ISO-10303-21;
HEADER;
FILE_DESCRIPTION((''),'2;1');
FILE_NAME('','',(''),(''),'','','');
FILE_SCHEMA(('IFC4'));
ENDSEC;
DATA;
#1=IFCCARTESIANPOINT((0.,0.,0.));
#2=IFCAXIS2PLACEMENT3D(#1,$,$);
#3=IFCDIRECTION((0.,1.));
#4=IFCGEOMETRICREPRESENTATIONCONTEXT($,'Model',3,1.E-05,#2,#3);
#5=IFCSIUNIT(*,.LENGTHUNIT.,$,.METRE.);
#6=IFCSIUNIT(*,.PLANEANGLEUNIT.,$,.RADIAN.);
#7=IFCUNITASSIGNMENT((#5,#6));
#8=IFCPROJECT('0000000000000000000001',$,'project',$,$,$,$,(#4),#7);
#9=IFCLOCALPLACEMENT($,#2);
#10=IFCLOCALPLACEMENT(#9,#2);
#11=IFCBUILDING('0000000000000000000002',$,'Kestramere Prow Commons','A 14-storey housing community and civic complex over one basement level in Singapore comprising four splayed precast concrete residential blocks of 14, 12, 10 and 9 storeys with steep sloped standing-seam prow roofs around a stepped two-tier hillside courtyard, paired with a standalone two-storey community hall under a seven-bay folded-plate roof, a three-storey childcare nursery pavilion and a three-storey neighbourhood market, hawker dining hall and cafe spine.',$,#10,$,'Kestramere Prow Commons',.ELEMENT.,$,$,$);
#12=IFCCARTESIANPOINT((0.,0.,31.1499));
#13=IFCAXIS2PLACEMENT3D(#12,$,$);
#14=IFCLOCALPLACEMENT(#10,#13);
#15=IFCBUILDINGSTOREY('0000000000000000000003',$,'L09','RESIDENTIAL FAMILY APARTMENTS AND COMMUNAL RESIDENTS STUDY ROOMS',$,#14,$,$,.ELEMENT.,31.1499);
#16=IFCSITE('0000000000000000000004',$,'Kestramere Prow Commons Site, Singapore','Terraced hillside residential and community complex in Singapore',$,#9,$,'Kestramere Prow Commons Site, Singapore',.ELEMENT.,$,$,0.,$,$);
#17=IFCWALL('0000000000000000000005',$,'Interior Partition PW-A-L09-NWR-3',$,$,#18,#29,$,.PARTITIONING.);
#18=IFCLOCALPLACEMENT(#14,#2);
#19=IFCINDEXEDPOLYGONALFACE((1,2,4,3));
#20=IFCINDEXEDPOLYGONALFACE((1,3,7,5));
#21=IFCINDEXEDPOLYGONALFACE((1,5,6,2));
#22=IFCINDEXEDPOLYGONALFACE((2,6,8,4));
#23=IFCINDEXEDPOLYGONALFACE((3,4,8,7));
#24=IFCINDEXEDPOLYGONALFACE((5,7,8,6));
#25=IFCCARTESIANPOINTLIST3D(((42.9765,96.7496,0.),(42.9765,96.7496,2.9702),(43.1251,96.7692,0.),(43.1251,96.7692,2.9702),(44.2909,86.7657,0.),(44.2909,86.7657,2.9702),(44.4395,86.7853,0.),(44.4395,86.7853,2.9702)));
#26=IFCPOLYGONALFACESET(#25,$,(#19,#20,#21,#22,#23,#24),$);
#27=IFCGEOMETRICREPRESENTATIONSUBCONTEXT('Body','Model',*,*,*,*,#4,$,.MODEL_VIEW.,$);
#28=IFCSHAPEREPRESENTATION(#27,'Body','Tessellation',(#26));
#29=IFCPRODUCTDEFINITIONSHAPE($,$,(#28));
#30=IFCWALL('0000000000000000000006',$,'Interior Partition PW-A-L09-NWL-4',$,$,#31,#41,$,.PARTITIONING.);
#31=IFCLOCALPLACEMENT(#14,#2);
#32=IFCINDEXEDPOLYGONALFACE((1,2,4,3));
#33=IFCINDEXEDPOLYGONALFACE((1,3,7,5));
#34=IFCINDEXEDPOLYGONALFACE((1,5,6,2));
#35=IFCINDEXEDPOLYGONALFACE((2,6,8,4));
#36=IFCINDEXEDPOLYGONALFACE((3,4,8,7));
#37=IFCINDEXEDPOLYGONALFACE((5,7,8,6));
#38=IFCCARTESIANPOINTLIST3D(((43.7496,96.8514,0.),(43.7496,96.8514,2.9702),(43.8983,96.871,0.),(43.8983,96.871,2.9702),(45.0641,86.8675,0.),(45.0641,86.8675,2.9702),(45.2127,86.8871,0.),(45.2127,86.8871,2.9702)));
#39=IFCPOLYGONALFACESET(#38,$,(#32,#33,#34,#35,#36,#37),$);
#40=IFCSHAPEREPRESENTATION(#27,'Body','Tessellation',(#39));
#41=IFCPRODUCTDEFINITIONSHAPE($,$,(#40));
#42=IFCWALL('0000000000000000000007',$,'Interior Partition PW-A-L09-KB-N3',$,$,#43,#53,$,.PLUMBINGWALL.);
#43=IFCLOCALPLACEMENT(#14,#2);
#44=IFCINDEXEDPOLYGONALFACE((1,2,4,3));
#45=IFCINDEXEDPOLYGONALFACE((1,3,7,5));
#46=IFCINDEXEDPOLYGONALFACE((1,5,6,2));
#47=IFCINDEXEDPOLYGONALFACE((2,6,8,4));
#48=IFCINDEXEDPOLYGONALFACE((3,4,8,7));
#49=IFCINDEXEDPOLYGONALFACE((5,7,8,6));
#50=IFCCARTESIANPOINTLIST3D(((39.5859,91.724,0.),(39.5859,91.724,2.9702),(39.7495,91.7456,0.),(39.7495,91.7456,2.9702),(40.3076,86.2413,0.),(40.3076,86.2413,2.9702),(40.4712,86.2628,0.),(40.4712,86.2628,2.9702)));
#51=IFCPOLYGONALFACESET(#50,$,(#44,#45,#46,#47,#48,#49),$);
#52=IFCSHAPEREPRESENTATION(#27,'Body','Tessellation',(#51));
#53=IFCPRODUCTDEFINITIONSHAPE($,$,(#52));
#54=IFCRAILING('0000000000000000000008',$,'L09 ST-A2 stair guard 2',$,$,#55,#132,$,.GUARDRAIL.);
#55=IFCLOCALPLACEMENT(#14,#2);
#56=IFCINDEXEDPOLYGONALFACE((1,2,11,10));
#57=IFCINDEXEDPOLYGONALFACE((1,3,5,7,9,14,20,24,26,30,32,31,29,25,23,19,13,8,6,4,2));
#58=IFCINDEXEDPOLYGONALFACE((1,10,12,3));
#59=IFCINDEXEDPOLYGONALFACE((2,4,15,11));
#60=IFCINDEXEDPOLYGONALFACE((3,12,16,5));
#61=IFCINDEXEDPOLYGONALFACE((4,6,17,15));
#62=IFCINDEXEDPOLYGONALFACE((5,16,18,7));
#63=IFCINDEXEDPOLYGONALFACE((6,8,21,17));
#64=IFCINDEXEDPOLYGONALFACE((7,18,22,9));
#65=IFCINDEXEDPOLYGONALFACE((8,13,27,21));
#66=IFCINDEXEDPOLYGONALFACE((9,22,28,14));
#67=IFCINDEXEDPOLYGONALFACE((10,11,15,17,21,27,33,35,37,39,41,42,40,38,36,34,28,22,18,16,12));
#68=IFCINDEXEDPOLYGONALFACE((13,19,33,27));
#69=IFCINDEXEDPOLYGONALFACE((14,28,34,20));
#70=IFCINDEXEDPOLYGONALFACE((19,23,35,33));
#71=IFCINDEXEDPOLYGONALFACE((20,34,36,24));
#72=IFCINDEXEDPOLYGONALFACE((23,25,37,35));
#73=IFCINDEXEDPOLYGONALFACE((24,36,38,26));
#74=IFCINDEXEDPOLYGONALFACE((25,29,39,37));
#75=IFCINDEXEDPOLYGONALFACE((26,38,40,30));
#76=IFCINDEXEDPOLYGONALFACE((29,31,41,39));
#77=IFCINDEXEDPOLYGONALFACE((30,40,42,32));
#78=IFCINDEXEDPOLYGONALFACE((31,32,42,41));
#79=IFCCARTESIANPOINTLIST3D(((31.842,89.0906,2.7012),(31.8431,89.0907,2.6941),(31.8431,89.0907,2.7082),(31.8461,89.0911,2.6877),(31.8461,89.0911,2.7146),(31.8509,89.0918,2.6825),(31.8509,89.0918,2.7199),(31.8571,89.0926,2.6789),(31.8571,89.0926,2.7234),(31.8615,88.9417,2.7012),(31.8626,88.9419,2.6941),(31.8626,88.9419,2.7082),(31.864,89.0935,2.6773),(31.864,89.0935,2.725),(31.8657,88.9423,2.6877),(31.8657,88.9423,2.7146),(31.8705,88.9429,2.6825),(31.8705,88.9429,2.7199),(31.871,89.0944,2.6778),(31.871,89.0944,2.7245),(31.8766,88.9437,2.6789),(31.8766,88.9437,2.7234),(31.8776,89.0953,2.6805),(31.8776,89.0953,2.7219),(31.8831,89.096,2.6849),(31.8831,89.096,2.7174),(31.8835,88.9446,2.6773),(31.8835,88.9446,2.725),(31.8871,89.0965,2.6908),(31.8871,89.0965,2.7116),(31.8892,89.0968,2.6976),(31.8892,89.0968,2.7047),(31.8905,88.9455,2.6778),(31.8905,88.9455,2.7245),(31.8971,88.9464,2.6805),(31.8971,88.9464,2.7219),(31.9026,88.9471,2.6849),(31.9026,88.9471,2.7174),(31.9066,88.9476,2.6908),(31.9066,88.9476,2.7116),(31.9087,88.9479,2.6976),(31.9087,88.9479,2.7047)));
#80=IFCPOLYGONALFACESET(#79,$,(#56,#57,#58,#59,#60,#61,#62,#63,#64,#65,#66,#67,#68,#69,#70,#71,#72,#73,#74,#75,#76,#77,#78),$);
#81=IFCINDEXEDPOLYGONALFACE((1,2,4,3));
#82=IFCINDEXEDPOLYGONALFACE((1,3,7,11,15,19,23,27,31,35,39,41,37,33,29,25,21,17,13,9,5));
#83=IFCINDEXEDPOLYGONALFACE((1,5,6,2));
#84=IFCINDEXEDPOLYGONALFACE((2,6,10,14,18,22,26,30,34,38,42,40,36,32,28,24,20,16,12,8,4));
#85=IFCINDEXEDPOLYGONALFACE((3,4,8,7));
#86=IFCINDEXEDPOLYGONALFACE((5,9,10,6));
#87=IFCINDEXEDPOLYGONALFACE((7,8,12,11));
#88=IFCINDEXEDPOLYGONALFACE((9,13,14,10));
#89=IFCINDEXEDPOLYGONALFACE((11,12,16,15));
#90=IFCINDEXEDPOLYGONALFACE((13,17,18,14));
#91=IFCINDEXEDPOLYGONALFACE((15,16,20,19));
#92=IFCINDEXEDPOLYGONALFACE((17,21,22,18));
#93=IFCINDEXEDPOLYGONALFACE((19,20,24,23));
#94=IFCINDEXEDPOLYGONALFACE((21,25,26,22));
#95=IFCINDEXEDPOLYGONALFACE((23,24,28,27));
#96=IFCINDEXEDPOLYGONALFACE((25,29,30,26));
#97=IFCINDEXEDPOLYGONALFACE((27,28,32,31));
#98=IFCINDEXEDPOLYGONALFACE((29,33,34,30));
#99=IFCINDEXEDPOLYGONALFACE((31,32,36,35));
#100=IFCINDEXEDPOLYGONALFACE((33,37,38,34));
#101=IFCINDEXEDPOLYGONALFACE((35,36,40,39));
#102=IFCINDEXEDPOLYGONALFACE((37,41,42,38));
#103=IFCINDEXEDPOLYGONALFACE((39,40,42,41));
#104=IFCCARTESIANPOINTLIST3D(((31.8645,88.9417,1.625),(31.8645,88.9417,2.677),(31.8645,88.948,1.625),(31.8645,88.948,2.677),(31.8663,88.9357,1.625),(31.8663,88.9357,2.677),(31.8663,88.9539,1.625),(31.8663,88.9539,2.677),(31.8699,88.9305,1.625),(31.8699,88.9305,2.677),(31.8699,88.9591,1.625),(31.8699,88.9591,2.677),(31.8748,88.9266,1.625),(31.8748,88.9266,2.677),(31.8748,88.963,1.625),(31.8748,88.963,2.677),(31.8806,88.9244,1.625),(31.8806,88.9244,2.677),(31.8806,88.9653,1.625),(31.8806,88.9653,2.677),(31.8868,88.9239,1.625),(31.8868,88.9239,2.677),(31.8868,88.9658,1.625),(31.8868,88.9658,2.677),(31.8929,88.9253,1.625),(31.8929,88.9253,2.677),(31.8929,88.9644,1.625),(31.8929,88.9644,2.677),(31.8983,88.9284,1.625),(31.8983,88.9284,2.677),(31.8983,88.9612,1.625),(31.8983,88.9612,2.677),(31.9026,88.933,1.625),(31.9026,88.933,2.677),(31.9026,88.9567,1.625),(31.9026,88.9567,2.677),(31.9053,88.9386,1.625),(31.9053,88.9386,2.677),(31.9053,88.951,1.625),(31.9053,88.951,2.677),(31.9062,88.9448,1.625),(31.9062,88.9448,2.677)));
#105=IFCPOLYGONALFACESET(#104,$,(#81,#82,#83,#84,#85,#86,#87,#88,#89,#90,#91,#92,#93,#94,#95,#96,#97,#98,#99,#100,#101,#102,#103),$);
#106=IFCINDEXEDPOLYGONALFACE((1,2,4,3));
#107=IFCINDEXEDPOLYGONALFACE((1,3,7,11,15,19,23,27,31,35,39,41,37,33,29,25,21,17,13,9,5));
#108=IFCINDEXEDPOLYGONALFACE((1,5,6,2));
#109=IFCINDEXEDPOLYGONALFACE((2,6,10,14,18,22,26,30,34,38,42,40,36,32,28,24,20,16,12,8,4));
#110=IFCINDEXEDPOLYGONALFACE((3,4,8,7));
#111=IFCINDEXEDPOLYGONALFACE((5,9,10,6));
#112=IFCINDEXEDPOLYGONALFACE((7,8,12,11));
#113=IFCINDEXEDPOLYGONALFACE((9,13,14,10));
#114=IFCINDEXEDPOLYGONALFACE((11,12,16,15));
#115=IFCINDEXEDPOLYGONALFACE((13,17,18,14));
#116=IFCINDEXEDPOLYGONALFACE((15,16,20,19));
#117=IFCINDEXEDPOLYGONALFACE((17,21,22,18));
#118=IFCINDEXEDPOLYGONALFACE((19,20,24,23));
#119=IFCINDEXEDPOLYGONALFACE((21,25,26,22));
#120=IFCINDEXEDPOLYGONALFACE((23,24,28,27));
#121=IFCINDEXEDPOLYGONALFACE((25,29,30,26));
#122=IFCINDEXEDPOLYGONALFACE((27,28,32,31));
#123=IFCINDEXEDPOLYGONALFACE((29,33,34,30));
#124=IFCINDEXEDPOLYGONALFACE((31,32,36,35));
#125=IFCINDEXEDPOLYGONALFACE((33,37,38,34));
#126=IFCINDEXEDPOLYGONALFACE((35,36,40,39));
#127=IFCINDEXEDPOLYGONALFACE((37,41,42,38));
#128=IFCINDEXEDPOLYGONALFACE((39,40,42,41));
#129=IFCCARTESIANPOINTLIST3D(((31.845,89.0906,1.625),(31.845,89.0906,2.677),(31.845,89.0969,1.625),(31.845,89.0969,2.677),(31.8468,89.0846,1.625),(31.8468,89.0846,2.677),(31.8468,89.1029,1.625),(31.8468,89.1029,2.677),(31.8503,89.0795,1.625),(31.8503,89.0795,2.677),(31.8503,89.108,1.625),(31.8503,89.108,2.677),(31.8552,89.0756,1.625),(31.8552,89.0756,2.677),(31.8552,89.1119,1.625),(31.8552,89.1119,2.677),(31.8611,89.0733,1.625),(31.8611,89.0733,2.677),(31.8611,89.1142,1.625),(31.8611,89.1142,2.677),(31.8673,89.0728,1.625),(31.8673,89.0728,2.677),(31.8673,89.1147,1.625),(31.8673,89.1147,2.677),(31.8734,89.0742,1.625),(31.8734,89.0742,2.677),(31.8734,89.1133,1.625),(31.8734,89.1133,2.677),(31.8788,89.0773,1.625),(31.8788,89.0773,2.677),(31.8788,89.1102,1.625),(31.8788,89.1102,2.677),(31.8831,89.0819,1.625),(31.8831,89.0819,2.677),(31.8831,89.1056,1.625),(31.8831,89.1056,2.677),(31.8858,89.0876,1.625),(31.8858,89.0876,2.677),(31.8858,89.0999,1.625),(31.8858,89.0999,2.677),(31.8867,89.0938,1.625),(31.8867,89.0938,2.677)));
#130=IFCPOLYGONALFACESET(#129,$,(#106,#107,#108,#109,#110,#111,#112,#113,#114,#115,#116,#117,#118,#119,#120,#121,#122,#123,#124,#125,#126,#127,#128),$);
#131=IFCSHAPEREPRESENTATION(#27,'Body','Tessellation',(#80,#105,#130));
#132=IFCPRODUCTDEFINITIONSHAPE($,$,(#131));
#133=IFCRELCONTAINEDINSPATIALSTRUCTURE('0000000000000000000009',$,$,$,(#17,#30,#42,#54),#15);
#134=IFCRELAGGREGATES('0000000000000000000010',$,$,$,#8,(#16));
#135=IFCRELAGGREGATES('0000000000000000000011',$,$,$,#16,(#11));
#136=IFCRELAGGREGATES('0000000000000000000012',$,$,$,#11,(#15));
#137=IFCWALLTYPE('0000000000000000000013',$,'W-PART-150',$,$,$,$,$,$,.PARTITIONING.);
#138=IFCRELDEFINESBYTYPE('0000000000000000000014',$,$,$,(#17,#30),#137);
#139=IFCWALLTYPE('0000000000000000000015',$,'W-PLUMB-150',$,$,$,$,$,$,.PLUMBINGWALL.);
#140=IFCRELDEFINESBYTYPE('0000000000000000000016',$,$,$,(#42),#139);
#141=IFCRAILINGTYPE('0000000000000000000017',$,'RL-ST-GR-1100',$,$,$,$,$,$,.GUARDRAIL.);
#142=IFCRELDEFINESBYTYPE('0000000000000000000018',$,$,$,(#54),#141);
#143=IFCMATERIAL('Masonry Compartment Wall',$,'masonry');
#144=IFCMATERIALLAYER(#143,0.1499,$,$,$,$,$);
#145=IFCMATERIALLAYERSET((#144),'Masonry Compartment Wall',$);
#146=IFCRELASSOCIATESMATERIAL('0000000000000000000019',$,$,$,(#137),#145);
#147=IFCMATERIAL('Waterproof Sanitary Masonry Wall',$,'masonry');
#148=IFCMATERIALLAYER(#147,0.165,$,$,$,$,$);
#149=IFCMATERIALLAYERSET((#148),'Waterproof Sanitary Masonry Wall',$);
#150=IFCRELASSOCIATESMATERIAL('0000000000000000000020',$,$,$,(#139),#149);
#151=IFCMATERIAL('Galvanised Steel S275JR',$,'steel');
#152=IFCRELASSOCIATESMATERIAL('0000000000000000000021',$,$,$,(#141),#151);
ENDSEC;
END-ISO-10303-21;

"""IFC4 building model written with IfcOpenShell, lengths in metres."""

from ifc_helpers import new_model, si_unit, direction, frame, frame_2d, origin, origin_2d, place, context, subcontext, project, spatial, rectangle, circle, extrude, material, layer, layer_set, type_object, element, save


model = new_model("IFC4")

# Units and contexts
model_context = context("Model", 3, precision=1e-05, world=origin(), true_north=direction((0.0, 1.0)))
body_context = subcontext(model_context, "Body", "Model", "MODEL_VIEW")
ifc_project = project(units=[si_unit("LENGTHUNIT", "METRE"), si_unit("PLANEANGLEUNIT", "RADIAN")], contexts=[model_context])

# Site, building, storey
site_placement = place(None, origin())
site = spatial("IfcSite", under=ifc_project, at=site_placement, Name="Kestramere Prow Commons Site, Singapore", Description="Terraced hillside residential and community complex in Singapore", LongName="Kestramere Prow Commons Site, Singapore", CompositionType="ELEMENT", RefElevation=0.0)
building_placement = place(site_placement, origin())
building = spatial("IfcBuilding", under=site, at=building_placement, Name="Kestramere Prow Commons", Description="A 14-storey housing community and civic complex over one basement level in Singapore comprising four splayed precast concrete residential blocks of 14, 12, 10 and 9 storeys with steep sloped standing-seam prow roofs around a stepped two-tier hillside courtyard, paired with a standalone two-storey community hall under a seven-bay folded-plate roof, a three-storey childcare nursery pavilion and a three-storey neighbourhood market, hawker dining hall and cafe spine.", LongName="Kestramere Prow Commons", CompositionType="ELEMENT")
storey_placement = place(building_placement, frame((0.0, 0.0, 31.1499)))
storey = spatial("IfcBuildingStorey", under=building, at=storey_placement, Name="L09", Description="RESIDENTIAL FAMILY APARTMENTS AND COMMUNAL RESIDENTS STUDY ROOMS", CompositionType="ELEMENT", Elevation=31.1499)

# Walls
ifc_material_1 = material(Name="Masonry Compartment Wall", Category="masonry")
ifc_layer_1 = layer(ifc_material_1, 0.1499)
ifc_layer_set_1 = layer_set([ifc_layer_1], Name="Masonry Compartment Wall")
wall_type_1 = type_object("IfcWallType", Name="W-PART-150", PredefinedType="PARTITIONING", material=ifc_layer_set_1)
for number, where, z_axis, x_axis, name in (
    (1, (44.3652, 86.7754, 0.0), (0.0, 0.0, 1.0), (-0.130531, 0.991444, 0.0), "Interior Partition PW-A-L09-NWR-3"),
    (2, (45.1384, 86.8772, 0.0), (0.0, 0.0, 1.0), (-0.130531, 0.991444, 0.0), "Interior Partition PW-A-L09-NWL-4"),
):
    element("IfcWall", number, at=place(storey_placement, frame(where, z_axis=z_axis, x_axis=x_axis)), inside=storey, type_object=wall_type_1, Name=name, PredefinedType="PARTITIONING", context=body_context, shape_type="SweptSolid", body=[
        extrude(rectangle(XDim=10.0701, YDim=0.1499, at=frame_2d((5.0352, 0.0))), origin(), (0.0, 0.0, 1.0), 2.9702),
    ])
ifc_material_2 = material(Name="Waterproof Sanitary Masonry Wall", Category="masonry")
ifc_layer_2 = layer(ifc_material_2, 0.165)
ifc_layer_set_2 = layer_set([ifc_layer_2], Name="Waterproof Sanitary Masonry Wall")
wall_type_2 = type_object("IfcWallType", Name="W-PLUMB-150", PredefinedType="PLUMBINGWALL", material=ifc_layer_set_2)
wall_1_placement = place(storey_placement, frame((40.3894, 86.252, 0.0), z_axis=(0.0, 0.0, 1.0), x_axis=(-0.130504, 0.991448, 0.0)))
element("IfcWall", 3, at=wall_1_placement, inside=storey, type_object=wall_type_2, Name="Interior Partition PW-A-L09-KB-N3", PredefinedType="PLUMBINGWALL", context=body_context, shape_type="SweptSolid", body=[
    extrude(rectangle(XDim=5.53, YDim=0.165, at=frame_2d((2.7651, 0.0))), origin(), (0.0, 0.0, 1.0), 2.9702),
])

# Railing
ifc_material_3 = material(Name="Galvanised Steel S275JR", Category="steel")
railing_type = type_object("IfcRailingType", Name="RL-ST-GR-1100", PredefinedType="GUARDRAIL", material=ifc_material_3)
railing_placement = place(storey_placement, frame((31.8853, 88.9448, 1.625)))
element("IfcRailing", 4, at=railing_placement, inside=storey, type_object=railing_type, Name="L09 ST-A2 stair guard 2", PredefinedType="GUARDRAIL", context=body_context, shape_type="SweptSolid", body=[
    extrude(circle(Radius=0.0239, at=origin_2d()), frame((0.0, 0.0, 1.0762), z_axis=(-0.130034, 0.99151, 0.0), x_axis=(-0.99151, -0.130034, 0.0)), (0.0, 0.0, 1.0), 0.1501),
    extrude(circle(Radius=0.021, at=origin_2d()), origin(), (0.0, 0.0, 1.0), 1.052),
    extrude(circle(Radius=0.021, at=origin_2d()), frame((-0.0195, 0.1489, 0.0)), (0.0, 0.0, 1.0), 1.052),
])

save(model, "model.ifc")
